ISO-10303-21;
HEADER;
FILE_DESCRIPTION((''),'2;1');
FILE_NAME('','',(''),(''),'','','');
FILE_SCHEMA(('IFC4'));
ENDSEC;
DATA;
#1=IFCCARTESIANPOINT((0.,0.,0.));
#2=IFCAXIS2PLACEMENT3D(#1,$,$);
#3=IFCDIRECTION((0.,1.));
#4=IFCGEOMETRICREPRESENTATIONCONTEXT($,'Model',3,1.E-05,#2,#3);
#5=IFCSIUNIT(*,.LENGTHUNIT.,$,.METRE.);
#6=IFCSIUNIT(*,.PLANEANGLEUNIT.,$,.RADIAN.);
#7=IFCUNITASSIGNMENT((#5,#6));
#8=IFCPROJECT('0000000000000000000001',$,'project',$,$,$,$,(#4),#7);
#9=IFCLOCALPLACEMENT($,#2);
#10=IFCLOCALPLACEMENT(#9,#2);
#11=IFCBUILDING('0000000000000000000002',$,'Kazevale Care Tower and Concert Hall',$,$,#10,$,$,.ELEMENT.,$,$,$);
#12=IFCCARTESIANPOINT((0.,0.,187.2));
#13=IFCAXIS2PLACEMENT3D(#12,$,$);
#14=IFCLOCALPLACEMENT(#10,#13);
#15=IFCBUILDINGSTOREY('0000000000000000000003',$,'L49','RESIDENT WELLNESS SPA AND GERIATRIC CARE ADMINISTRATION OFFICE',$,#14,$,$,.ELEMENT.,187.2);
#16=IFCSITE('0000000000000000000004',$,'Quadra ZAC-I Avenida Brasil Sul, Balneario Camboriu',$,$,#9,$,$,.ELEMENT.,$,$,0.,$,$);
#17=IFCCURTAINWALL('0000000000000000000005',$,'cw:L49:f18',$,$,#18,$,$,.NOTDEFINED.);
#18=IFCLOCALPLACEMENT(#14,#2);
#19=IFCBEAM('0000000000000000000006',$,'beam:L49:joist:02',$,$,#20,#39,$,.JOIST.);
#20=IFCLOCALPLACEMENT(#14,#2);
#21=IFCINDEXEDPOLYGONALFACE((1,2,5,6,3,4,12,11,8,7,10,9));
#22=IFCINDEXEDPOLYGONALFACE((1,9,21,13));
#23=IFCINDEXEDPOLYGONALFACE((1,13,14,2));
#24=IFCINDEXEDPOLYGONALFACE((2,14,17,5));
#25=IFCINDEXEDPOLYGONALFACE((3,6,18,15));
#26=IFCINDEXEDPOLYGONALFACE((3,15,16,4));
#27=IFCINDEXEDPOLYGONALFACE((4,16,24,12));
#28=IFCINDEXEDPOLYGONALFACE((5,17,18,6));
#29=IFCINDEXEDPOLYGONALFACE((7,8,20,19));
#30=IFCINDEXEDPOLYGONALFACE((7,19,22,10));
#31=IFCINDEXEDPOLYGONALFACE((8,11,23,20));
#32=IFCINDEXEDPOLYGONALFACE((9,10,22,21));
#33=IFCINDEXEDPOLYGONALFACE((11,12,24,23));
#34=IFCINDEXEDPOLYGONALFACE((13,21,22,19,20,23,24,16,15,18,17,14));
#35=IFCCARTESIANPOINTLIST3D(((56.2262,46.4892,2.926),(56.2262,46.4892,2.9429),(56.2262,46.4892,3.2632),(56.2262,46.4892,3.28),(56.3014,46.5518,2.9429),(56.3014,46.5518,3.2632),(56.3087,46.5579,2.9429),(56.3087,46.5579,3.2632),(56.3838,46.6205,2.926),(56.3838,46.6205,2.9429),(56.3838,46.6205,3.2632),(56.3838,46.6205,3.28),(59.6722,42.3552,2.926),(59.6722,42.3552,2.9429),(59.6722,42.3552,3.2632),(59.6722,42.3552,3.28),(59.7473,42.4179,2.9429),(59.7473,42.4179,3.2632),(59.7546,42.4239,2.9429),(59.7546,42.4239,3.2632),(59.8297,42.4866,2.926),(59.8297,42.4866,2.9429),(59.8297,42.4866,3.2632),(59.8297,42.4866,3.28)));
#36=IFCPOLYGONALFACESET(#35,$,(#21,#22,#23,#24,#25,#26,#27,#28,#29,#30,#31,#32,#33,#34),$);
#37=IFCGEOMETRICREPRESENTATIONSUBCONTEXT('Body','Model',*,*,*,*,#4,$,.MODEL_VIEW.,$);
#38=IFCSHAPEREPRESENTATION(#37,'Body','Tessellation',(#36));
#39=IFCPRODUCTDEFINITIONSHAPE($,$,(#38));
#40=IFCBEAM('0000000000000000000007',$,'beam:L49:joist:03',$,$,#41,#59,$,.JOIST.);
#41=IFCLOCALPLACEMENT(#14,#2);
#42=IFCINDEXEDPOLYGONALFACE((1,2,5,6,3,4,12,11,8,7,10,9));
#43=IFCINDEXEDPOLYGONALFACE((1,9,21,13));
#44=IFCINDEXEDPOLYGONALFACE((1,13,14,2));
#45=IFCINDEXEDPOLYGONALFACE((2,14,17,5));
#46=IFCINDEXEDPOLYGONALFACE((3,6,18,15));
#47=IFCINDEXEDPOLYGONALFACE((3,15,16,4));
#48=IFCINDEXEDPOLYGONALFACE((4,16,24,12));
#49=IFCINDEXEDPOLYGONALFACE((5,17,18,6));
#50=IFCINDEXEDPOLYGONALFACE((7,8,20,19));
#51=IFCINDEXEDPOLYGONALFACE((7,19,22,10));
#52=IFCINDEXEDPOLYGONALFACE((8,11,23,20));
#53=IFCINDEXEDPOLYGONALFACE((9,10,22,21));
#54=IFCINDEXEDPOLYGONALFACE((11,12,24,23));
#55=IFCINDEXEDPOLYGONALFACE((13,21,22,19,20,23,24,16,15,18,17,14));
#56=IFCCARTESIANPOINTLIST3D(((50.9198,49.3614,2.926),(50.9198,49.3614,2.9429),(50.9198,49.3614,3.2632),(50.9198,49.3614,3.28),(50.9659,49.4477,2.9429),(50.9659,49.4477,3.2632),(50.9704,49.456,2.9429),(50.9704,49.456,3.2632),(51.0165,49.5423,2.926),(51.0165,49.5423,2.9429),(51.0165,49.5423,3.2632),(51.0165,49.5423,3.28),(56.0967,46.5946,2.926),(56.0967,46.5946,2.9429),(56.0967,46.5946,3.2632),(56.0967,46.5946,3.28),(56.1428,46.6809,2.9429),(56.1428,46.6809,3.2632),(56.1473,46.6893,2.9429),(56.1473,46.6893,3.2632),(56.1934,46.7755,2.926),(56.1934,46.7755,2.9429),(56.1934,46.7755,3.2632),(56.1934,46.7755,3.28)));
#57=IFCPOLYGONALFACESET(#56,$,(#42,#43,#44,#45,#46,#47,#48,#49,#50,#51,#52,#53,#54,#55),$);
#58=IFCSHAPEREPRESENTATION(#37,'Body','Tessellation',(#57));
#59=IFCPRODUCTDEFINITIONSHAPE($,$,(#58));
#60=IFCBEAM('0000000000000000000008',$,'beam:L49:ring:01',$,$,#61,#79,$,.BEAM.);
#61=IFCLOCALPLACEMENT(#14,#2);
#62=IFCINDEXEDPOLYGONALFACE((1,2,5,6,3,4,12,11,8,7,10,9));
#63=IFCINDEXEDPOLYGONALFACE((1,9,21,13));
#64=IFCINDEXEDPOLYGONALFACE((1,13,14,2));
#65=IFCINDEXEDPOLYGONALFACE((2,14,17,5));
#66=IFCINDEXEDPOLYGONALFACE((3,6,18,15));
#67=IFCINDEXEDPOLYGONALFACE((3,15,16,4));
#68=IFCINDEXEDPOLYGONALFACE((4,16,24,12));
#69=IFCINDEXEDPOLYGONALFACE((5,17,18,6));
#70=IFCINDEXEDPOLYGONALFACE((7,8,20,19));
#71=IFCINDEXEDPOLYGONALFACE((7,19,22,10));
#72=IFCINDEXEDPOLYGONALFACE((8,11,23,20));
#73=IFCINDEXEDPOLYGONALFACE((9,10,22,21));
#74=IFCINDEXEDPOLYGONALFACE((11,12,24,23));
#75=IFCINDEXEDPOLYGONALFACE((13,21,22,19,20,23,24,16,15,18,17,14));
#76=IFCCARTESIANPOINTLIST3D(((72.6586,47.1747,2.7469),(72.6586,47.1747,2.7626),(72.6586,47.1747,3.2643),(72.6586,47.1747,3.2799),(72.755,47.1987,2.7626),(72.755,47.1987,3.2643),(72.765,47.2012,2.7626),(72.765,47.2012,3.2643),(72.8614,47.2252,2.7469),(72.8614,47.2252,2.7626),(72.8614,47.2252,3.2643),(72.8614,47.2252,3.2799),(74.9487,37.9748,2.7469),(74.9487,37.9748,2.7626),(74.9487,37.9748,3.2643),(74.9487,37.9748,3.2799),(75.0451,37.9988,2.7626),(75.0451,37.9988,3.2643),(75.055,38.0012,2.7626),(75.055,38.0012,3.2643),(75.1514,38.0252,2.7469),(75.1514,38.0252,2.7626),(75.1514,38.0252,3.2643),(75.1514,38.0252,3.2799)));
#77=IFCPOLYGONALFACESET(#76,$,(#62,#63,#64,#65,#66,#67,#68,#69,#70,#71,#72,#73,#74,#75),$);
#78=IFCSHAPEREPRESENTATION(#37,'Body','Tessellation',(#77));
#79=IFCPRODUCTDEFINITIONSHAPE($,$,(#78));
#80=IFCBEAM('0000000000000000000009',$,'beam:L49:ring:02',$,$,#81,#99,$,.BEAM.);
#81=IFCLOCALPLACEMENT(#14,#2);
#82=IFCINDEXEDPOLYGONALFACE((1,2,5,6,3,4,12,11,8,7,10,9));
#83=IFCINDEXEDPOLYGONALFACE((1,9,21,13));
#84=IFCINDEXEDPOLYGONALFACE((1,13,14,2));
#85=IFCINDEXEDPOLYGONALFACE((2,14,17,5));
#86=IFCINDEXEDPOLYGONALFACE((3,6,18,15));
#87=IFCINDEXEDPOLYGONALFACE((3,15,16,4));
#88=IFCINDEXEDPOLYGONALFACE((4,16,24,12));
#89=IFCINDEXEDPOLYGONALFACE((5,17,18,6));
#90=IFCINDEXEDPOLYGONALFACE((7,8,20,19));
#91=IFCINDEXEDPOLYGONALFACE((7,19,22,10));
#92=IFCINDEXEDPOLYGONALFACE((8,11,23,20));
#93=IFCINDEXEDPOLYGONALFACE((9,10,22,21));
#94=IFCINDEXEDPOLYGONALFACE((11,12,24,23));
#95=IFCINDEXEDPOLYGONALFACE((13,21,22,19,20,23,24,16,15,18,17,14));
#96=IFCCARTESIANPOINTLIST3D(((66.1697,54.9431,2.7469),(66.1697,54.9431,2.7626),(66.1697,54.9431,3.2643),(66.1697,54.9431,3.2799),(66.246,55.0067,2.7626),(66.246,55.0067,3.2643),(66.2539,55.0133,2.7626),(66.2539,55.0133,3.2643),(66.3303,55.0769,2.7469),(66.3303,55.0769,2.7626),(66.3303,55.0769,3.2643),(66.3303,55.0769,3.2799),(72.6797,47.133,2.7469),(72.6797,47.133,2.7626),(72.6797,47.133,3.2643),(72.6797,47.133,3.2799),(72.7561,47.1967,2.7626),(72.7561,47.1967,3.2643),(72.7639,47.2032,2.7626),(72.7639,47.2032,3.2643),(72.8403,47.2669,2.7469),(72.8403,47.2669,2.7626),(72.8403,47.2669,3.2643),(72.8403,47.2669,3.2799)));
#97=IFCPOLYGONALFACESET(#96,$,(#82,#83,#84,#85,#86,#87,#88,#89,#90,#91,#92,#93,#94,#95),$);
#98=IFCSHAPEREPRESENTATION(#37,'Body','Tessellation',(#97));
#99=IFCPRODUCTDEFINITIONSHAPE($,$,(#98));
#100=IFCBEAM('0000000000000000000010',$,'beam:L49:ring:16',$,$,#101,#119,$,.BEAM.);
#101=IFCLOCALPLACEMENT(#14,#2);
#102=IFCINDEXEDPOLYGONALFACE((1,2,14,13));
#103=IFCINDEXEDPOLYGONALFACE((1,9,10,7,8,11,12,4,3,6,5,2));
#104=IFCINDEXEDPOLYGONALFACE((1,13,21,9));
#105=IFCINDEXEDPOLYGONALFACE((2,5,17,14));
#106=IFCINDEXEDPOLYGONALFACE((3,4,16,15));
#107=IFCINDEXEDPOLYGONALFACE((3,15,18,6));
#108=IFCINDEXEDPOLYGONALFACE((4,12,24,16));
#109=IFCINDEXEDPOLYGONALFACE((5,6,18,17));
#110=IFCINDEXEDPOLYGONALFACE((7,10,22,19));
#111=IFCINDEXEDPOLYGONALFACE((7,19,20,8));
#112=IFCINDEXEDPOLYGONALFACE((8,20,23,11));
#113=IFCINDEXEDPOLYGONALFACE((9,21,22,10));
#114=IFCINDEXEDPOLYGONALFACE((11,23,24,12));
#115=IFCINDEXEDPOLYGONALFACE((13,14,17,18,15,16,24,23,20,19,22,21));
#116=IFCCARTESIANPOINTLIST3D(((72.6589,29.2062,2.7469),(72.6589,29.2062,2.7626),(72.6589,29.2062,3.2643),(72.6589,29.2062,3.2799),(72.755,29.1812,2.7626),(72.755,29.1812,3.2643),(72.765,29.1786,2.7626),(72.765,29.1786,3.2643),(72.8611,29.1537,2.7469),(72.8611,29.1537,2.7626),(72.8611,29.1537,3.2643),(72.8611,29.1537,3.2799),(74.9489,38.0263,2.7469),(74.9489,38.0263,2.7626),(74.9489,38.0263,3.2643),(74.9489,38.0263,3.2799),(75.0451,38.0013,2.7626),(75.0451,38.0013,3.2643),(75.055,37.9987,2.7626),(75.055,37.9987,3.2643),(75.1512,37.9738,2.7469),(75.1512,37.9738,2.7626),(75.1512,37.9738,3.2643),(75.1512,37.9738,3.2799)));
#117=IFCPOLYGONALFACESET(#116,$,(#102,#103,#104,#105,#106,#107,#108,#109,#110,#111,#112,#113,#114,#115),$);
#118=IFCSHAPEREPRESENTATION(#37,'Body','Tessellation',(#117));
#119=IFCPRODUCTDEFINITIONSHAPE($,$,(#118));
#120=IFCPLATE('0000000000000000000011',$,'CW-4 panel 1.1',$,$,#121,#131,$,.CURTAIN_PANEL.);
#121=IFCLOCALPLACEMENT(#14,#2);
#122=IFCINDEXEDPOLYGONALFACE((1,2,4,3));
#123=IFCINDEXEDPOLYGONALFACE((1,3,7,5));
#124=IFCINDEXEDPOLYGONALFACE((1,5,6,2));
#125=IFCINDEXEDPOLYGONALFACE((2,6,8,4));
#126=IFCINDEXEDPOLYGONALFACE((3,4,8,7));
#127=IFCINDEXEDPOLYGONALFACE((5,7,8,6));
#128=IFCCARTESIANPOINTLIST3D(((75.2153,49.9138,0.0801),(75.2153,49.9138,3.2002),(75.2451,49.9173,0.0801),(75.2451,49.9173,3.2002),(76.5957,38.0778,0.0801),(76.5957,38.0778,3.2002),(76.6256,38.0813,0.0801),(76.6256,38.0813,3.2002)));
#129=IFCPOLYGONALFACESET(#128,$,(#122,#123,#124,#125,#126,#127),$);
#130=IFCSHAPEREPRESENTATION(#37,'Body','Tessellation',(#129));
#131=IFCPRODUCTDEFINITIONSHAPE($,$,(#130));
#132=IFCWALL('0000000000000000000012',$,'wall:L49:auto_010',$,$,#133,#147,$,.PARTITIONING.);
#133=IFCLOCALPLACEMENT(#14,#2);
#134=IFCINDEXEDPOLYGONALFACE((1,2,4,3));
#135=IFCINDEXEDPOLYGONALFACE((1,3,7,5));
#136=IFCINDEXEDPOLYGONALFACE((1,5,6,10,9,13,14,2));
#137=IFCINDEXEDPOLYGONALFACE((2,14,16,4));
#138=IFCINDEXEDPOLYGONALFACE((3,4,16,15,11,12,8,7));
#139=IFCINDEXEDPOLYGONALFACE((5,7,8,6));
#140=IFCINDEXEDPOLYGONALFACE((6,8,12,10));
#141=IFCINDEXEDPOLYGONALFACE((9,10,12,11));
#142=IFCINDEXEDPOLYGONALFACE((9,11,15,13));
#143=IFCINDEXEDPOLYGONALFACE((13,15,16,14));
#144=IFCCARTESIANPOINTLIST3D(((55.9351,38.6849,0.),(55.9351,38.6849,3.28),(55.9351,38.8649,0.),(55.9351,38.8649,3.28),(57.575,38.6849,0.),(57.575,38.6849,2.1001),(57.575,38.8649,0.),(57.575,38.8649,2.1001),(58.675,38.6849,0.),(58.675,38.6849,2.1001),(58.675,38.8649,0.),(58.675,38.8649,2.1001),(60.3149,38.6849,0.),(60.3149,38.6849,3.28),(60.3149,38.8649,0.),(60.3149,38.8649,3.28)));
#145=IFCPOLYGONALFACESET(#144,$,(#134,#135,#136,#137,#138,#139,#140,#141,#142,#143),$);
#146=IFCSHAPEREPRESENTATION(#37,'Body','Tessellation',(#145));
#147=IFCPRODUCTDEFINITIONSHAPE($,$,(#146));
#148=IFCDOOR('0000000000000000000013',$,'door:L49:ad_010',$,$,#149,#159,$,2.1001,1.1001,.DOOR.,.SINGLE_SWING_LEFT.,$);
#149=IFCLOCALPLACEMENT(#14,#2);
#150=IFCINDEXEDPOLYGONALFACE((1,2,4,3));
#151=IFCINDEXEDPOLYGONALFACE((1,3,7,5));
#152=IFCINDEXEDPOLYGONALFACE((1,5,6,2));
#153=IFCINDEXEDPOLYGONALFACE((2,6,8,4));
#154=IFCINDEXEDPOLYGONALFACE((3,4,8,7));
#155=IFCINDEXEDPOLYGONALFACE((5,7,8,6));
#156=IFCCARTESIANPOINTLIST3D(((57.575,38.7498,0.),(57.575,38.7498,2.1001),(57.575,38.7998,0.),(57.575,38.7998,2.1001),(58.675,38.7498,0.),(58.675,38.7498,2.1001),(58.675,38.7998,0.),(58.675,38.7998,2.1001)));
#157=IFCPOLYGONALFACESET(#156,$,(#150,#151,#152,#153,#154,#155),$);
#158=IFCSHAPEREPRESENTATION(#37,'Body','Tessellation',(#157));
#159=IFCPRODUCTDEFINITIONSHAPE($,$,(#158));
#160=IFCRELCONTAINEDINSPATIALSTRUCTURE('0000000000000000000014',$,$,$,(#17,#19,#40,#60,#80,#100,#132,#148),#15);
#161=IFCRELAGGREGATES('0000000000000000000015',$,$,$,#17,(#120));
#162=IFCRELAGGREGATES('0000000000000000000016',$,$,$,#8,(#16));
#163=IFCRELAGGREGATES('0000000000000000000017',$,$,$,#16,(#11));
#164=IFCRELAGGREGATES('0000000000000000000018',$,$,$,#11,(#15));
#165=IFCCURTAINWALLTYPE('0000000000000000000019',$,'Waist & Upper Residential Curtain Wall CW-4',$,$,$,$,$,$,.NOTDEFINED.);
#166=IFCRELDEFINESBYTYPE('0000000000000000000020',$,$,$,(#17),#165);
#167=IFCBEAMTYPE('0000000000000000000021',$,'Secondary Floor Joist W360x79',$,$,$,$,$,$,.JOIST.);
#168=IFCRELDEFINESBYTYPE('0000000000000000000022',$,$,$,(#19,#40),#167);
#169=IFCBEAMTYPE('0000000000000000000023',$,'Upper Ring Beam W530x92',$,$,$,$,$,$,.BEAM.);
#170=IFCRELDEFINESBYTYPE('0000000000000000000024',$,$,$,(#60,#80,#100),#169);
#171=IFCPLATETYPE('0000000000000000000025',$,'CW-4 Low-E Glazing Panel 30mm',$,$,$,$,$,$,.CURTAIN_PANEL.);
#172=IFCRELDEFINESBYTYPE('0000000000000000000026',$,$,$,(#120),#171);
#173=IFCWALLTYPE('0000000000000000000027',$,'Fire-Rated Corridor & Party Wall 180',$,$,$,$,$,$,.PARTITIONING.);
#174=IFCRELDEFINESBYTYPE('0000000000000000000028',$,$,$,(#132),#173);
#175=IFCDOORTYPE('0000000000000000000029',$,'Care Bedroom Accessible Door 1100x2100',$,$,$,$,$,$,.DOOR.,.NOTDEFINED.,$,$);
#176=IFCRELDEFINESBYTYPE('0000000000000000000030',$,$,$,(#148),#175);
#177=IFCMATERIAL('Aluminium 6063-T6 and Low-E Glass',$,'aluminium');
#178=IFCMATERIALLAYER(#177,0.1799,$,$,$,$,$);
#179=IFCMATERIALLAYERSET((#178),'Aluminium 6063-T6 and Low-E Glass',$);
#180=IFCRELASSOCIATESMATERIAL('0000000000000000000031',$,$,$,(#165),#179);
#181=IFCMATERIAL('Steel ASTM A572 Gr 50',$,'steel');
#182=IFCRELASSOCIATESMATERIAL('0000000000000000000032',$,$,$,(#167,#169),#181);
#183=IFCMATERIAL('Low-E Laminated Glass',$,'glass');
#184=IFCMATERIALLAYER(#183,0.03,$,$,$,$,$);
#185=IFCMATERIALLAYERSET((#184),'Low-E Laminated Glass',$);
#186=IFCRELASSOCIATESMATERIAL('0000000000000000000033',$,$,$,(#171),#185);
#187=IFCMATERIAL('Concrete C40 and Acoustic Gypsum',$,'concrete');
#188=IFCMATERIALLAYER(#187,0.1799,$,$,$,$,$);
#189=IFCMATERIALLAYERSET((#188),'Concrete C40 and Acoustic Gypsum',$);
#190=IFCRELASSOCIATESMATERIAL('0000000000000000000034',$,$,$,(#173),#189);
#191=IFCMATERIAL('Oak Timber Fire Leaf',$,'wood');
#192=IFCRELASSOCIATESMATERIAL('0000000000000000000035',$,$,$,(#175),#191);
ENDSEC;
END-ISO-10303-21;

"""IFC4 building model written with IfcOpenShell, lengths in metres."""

from ifc_helpers import new_model, si_unit, direction, frame, frame_2d, origin, origin_2d, place, context, subcontext, project, spatial, rectangle, i_section, extrude, material, layer, layer_set, material_profile, profile_set, type_object, element, fill, aggregate, save


model = new_model("IFC4")

# Units and contexts
model_context = context("Model", 3, precision=1e-05, world=origin(), true_north=direction((0.0, 1.0)))
body_context = subcontext(model_context, "Body", "Model", "MODEL_VIEW")
ifc_project = project(units=[si_unit("LENGTHUNIT", "METRE"), si_unit("PLANEANGLEUNIT", "RADIAN")], contexts=[model_context])

# Site, building, storey
site_placement = place(None, origin())
site = spatial("IfcSite", under=ifc_project, at=site_placement, Name="Quadra ZAC-I Avenida Brasil Sul, Balneario Camboriu", CompositionType="ELEMENT", RefElevation=0.0)
building_placement = place(site_placement, origin())
building = spatial("IfcBuilding", under=site, at=building_placement, Name="Kazevale Care Tower and Concert Hall", CompositionType="ELEMENT")
storey_placement = place(building_placement, frame((0.0, 0.0, 187.2)))
storey = spatial("IfcBuildingStorey", under=building, at=storey_placement, Name="L49", Description="RESIDENT WELLNESS SPA AND GERIATRIC CARE ADMINISTRATION OFFICE", CompositionType="ELEMENT", Elevation=187.2)

# Curtain wall
ifc_material_1 = material(Name="Aluminium 6063-T6 and Low-E Glass", Category="aluminium")
ifc_layer_1 = layer(ifc_material_1, 0.1799)
ifc_layer_set_1 = layer_set([ifc_layer_1], Name="Aluminium 6063-T6 and Low-E Glass")
curtain_wall_type = type_object("IfcCurtainWallType", Name="Waist & Upper Residential Curtain Wall CW-4", PredefinedType="NOTDEFINED", material=ifc_layer_set_1)
curtain_wall_placement = place(storey_placement, origin())
curtain_wall = element("IfcCurtainWall", 1, at=curtain_wall_placement, inside=storey, type_object=curtain_wall_type, Name="cw:L49:f18", PredefinedType="NOTDEFINED")

# Beams
ifc_material_2 = material(Name="Steel ASTM A572 Gr 50", Category="steel")
ifc_material_profile_1 = material_profile(ifc_material_2, i_section(OverallWidth=0.2051, OverallDepth=0.354, WebThickness=0.0095, FlangeThickness=0.0168, at=origin_2d()), Name="W360x79")
ifc_profile_set_1 = profile_set([ifc_material_profile_1], Name="Steel ASTM A572 Gr 50")
beam_type_1 = type_object("IfcBeamType", Name="Secondary Floor Joist W360x79", PredefinedType="JOIST", material=ifc_profile_set_1)
beam_1_placement = place(storey_placement, frame((59.751, 42.4209, 3.103), z_axis=(-0.640296, 0.768128, 0.0), x_axis=(-0.768128, -0.640296, 0.0)))
element("IfcBeam", 2, at=beam_1_placement, inside=storey, type_object=beam_type_1, Name="beam:L49:joist:02", PredefinedType="JOIST", context=body_context, shape_type="SweptSolid", body=[
    extrude(i_section(OverallWidth=0.2051, OverallDepth=0.354, WebThickness=0.0095, FlangeThickness=0.0168, at=origin_2d()), origin(), (0.0, 0.0, 1.0), 5.3818),
])
beam_2_placement = place(storey_placement, frame((56.145, 46.6851, 3.103), z_axis=(-0.881944, 0.471354, 0.0), x_axis=(-0.471354, -0.881944, 0.0)))
element("IfcBeam", 3, at=beam_2_placement, inside=storey, type_object=beam_type_1, Name="beam:L49:joist:03", PredefinedType="JOIST", context=body_context, shape_type="SweptSolid", body=[
    extrude(i_section(OverallWidth=0.2051, OverallDepth=0.354, WebThickness=0.0095, FlangeThickness=0.0168, at=origin_2d()), origin(), (0.0, 0.0, 1.0), 5.8699),
])
ifc_material_profile_2 = material_profile(ifc_material_2, i_section(OverallWidth=0.209, OverallDepth=0.533, WebThickness=0.0103, FlangeThickness=0.0156, at=origin_2d()), Name="W530x92")
ifc_profile_set_2 = profile_set([ifc_material_profile_2], Name="Steel ASTM A572 Gr 50")
beam_type_2 = type_object("IfcBeamType", Name="Upper Ring Beam W530x92", PredefinedType="BEAM", material=ifc_profile_set_2)
beam_3_placement = place(storey_placement, frame((75.05, 38.0, 3.0134), z_axis=(-0.241548, 0.970389, 0.0), x_axis=(-0.970389, -0.241548, 0.0)))
element("IfcBeam", 4, at=beam_3_placement, inside=storey, type_object=beam_type_2, Name="beam:L49:ring:01", PredefinedType="BEAM", context=body_context, shape_type="SweptSolid", body=[
    extrude(i_section(OverallWidth=0.209, OverallDepth=0.533, WebThickness=0.0103, FlangeThickness=0.0156, at=origin_2d()), origin(), (0.0, 0.0, 1.0), 9.4807),
])
beam_4_placement = place(storey_placement, frame((72.76, 47.2, 3.0134), z_axis=(-0.640279, 0.768143, 0.0), x_axis=(-0.768143, -0.640279, 0.0)))
element("IfcBeam", 5, at=beam_4_placement, inside=storey, type_object=beam_type_2, Name="beam:L49:ring:02", PredefinedType="BEAM", context=body_context, shape_type="SweptSolid", body=[
    extrude(i_section(OverallWidth=0.209, OverallDepth=0.533, WebThickness=0.0103, FlangeThickness=0.0156, at=origin_2d()), origin(), (0.0, 0.0, 1.0), 10.1675),
])
beam_5_placement = place(storey_placement, frame((72.76, 29.1799, 3.0134), z_axis=(0.251307, 0.967907, 0.0), x_axis=(-0.967907, 0.251307, 0.0)))
element("IfcBeam", 6, at=beam_5_placement, inside=storey, type_object=beam_type_2, Name="beam:L49:ring:16", PredefinedType="BEAM", context=body_context, shape_type="SweptSolid", body=[
    extrude(i_section(OverallWidth=0.209, OverallDepth=0.533, WebThickness=0.0103, FlangeThickness=0.0156, at=origin_2d()), origin(), (0.0, 0.0, 1.0), 9.1125),
])

# Plate
ifc_material_3 = material(Name="Low-E Laminated Glass", Category="glass")
ifc_layer_2 = layer(ifc_material_3, 0.03)
ifc_layer_set_2 = layer_set([ifc_layer_2], Name="Low-E Laminated Glass")
plate_type = type_object("IfcPlateType", Name="CW-4 Low-E Glazing Panel 30mm", PredefinedType="CURTAIN_PANEL", material=ifc_layer_set_2)
plate_placement = place(storey_placement, frame((75.9204, 43.9976, 0.0801), z_axis=(0.0, 0.0, 1.0), x_axis=(0.115847, -0.993267, 0.0)))
plate = element("IfcPlate", 7, at=plate_placement, type_object=plate_type, Name="CW-4 panel 1.1", PredefinedType="CURTAIN_PANEL", context=body_context, shape_type="SweptSolid", body=[
    extrude(rectangle(XDim=11.9163, YDim=0.03, at=origin_2d()), origin(), (0.0, 0.0, 1.0), 3.1201),
])
aggregate(curtain_wall, [plate])

# Wall, opening, door
ifc_material_4 = material(Name="Concrete C40 and Acoustic Gypsum", Category="concrete")
ifc_layer_3 = layer(ifc_material_4, 0.1799)
ifc_layer_set_3 = layer_set([ifc_layer_3], Name="Concrete C40 and Acoustic Gypsum")
wall_type_1 = type_object("IfcWallType", Name="Fire-Rated Corridor & Party Wall 180", PredefinedType="PARTITIONING", material=ifc_layer_set_3)
wall_1_placement = place(storey_placement, frame((55.9351, 38.7749, 0.0), z_axis=(0.0, 0.0, 1.0), x_axis=(1.0, 0.0, 0.0)))
wall_1 = element("IfcWall", 8, at=wall_1_placement, inside=storey, type_object=wall_type_1, Name="wall:L49:auto_010", PredefinedType="PARTITIONING", context=body_context, shape_type="SweptSolid", body=[
    extrude(rectangle(XDim=4.3799, YDim=0.1799, at=frame_2d((2.1899, 0.0))), origin(), (0.0, 0.0, 1.0), 3.28),
])
opening_1_placement = place(wall_1_placement, frame((1.6399, 0.0, 0.0)))
opening_1 = element("IfcOpeningElement", 9, at=opening_1_placement, cuts=wall_1, PredefinedType="OPENING", context=body_context, shape_type="SweptSolid", body=[
    extrude(rectangle(XDim=1.1001, YDim=2.1001, at=frame_2d((0.55, 1.05))), frame((0.0, 0.0999, 0.0), z_axis=(0.0, -1.0, 0.0), x_axis=(1.0, 0.0, 0.0)), (0.0, 0.0, 1.0), 0.2),
])
ifc_material_5 = material(Name="Oak Timber Fire Leaf", Category="wood")
door_type = type_object("IfcDoorType", Name="Care Bedroom Accessible Door 1100x2100", OperationType="NOTDEFINED", PredefinedType="DOOR", material=ifc_material_5)
door_1_placement = place(opening_1_placement, origin())
door_1 = element("IfcDoor", 10, at=door_1_placement, inside=storey, type_object=door_type, Name="door:L49:ad_010", OperationType="SINGLE_SWING_LEFT", OverallHeight=2.1001, OverallWidth=1.1001, PredefinedType="DOOR", context=body_context, shape_type="SweptSolid", body=[
    extrude(rectangle(XDim=1.1001, YDim=2.1001, at=frame_2d((0.55, 1.05))), frame((0.0, 0.0249, 0.0), z_axis=(0.0, -1.0, 0.0), x_axis=(1.0, 0.0, 0.0)), (0.0, 0.0, 1.0), 0.05),
])
fill(opening_1, door_1)

save(model, "model.ifc")
